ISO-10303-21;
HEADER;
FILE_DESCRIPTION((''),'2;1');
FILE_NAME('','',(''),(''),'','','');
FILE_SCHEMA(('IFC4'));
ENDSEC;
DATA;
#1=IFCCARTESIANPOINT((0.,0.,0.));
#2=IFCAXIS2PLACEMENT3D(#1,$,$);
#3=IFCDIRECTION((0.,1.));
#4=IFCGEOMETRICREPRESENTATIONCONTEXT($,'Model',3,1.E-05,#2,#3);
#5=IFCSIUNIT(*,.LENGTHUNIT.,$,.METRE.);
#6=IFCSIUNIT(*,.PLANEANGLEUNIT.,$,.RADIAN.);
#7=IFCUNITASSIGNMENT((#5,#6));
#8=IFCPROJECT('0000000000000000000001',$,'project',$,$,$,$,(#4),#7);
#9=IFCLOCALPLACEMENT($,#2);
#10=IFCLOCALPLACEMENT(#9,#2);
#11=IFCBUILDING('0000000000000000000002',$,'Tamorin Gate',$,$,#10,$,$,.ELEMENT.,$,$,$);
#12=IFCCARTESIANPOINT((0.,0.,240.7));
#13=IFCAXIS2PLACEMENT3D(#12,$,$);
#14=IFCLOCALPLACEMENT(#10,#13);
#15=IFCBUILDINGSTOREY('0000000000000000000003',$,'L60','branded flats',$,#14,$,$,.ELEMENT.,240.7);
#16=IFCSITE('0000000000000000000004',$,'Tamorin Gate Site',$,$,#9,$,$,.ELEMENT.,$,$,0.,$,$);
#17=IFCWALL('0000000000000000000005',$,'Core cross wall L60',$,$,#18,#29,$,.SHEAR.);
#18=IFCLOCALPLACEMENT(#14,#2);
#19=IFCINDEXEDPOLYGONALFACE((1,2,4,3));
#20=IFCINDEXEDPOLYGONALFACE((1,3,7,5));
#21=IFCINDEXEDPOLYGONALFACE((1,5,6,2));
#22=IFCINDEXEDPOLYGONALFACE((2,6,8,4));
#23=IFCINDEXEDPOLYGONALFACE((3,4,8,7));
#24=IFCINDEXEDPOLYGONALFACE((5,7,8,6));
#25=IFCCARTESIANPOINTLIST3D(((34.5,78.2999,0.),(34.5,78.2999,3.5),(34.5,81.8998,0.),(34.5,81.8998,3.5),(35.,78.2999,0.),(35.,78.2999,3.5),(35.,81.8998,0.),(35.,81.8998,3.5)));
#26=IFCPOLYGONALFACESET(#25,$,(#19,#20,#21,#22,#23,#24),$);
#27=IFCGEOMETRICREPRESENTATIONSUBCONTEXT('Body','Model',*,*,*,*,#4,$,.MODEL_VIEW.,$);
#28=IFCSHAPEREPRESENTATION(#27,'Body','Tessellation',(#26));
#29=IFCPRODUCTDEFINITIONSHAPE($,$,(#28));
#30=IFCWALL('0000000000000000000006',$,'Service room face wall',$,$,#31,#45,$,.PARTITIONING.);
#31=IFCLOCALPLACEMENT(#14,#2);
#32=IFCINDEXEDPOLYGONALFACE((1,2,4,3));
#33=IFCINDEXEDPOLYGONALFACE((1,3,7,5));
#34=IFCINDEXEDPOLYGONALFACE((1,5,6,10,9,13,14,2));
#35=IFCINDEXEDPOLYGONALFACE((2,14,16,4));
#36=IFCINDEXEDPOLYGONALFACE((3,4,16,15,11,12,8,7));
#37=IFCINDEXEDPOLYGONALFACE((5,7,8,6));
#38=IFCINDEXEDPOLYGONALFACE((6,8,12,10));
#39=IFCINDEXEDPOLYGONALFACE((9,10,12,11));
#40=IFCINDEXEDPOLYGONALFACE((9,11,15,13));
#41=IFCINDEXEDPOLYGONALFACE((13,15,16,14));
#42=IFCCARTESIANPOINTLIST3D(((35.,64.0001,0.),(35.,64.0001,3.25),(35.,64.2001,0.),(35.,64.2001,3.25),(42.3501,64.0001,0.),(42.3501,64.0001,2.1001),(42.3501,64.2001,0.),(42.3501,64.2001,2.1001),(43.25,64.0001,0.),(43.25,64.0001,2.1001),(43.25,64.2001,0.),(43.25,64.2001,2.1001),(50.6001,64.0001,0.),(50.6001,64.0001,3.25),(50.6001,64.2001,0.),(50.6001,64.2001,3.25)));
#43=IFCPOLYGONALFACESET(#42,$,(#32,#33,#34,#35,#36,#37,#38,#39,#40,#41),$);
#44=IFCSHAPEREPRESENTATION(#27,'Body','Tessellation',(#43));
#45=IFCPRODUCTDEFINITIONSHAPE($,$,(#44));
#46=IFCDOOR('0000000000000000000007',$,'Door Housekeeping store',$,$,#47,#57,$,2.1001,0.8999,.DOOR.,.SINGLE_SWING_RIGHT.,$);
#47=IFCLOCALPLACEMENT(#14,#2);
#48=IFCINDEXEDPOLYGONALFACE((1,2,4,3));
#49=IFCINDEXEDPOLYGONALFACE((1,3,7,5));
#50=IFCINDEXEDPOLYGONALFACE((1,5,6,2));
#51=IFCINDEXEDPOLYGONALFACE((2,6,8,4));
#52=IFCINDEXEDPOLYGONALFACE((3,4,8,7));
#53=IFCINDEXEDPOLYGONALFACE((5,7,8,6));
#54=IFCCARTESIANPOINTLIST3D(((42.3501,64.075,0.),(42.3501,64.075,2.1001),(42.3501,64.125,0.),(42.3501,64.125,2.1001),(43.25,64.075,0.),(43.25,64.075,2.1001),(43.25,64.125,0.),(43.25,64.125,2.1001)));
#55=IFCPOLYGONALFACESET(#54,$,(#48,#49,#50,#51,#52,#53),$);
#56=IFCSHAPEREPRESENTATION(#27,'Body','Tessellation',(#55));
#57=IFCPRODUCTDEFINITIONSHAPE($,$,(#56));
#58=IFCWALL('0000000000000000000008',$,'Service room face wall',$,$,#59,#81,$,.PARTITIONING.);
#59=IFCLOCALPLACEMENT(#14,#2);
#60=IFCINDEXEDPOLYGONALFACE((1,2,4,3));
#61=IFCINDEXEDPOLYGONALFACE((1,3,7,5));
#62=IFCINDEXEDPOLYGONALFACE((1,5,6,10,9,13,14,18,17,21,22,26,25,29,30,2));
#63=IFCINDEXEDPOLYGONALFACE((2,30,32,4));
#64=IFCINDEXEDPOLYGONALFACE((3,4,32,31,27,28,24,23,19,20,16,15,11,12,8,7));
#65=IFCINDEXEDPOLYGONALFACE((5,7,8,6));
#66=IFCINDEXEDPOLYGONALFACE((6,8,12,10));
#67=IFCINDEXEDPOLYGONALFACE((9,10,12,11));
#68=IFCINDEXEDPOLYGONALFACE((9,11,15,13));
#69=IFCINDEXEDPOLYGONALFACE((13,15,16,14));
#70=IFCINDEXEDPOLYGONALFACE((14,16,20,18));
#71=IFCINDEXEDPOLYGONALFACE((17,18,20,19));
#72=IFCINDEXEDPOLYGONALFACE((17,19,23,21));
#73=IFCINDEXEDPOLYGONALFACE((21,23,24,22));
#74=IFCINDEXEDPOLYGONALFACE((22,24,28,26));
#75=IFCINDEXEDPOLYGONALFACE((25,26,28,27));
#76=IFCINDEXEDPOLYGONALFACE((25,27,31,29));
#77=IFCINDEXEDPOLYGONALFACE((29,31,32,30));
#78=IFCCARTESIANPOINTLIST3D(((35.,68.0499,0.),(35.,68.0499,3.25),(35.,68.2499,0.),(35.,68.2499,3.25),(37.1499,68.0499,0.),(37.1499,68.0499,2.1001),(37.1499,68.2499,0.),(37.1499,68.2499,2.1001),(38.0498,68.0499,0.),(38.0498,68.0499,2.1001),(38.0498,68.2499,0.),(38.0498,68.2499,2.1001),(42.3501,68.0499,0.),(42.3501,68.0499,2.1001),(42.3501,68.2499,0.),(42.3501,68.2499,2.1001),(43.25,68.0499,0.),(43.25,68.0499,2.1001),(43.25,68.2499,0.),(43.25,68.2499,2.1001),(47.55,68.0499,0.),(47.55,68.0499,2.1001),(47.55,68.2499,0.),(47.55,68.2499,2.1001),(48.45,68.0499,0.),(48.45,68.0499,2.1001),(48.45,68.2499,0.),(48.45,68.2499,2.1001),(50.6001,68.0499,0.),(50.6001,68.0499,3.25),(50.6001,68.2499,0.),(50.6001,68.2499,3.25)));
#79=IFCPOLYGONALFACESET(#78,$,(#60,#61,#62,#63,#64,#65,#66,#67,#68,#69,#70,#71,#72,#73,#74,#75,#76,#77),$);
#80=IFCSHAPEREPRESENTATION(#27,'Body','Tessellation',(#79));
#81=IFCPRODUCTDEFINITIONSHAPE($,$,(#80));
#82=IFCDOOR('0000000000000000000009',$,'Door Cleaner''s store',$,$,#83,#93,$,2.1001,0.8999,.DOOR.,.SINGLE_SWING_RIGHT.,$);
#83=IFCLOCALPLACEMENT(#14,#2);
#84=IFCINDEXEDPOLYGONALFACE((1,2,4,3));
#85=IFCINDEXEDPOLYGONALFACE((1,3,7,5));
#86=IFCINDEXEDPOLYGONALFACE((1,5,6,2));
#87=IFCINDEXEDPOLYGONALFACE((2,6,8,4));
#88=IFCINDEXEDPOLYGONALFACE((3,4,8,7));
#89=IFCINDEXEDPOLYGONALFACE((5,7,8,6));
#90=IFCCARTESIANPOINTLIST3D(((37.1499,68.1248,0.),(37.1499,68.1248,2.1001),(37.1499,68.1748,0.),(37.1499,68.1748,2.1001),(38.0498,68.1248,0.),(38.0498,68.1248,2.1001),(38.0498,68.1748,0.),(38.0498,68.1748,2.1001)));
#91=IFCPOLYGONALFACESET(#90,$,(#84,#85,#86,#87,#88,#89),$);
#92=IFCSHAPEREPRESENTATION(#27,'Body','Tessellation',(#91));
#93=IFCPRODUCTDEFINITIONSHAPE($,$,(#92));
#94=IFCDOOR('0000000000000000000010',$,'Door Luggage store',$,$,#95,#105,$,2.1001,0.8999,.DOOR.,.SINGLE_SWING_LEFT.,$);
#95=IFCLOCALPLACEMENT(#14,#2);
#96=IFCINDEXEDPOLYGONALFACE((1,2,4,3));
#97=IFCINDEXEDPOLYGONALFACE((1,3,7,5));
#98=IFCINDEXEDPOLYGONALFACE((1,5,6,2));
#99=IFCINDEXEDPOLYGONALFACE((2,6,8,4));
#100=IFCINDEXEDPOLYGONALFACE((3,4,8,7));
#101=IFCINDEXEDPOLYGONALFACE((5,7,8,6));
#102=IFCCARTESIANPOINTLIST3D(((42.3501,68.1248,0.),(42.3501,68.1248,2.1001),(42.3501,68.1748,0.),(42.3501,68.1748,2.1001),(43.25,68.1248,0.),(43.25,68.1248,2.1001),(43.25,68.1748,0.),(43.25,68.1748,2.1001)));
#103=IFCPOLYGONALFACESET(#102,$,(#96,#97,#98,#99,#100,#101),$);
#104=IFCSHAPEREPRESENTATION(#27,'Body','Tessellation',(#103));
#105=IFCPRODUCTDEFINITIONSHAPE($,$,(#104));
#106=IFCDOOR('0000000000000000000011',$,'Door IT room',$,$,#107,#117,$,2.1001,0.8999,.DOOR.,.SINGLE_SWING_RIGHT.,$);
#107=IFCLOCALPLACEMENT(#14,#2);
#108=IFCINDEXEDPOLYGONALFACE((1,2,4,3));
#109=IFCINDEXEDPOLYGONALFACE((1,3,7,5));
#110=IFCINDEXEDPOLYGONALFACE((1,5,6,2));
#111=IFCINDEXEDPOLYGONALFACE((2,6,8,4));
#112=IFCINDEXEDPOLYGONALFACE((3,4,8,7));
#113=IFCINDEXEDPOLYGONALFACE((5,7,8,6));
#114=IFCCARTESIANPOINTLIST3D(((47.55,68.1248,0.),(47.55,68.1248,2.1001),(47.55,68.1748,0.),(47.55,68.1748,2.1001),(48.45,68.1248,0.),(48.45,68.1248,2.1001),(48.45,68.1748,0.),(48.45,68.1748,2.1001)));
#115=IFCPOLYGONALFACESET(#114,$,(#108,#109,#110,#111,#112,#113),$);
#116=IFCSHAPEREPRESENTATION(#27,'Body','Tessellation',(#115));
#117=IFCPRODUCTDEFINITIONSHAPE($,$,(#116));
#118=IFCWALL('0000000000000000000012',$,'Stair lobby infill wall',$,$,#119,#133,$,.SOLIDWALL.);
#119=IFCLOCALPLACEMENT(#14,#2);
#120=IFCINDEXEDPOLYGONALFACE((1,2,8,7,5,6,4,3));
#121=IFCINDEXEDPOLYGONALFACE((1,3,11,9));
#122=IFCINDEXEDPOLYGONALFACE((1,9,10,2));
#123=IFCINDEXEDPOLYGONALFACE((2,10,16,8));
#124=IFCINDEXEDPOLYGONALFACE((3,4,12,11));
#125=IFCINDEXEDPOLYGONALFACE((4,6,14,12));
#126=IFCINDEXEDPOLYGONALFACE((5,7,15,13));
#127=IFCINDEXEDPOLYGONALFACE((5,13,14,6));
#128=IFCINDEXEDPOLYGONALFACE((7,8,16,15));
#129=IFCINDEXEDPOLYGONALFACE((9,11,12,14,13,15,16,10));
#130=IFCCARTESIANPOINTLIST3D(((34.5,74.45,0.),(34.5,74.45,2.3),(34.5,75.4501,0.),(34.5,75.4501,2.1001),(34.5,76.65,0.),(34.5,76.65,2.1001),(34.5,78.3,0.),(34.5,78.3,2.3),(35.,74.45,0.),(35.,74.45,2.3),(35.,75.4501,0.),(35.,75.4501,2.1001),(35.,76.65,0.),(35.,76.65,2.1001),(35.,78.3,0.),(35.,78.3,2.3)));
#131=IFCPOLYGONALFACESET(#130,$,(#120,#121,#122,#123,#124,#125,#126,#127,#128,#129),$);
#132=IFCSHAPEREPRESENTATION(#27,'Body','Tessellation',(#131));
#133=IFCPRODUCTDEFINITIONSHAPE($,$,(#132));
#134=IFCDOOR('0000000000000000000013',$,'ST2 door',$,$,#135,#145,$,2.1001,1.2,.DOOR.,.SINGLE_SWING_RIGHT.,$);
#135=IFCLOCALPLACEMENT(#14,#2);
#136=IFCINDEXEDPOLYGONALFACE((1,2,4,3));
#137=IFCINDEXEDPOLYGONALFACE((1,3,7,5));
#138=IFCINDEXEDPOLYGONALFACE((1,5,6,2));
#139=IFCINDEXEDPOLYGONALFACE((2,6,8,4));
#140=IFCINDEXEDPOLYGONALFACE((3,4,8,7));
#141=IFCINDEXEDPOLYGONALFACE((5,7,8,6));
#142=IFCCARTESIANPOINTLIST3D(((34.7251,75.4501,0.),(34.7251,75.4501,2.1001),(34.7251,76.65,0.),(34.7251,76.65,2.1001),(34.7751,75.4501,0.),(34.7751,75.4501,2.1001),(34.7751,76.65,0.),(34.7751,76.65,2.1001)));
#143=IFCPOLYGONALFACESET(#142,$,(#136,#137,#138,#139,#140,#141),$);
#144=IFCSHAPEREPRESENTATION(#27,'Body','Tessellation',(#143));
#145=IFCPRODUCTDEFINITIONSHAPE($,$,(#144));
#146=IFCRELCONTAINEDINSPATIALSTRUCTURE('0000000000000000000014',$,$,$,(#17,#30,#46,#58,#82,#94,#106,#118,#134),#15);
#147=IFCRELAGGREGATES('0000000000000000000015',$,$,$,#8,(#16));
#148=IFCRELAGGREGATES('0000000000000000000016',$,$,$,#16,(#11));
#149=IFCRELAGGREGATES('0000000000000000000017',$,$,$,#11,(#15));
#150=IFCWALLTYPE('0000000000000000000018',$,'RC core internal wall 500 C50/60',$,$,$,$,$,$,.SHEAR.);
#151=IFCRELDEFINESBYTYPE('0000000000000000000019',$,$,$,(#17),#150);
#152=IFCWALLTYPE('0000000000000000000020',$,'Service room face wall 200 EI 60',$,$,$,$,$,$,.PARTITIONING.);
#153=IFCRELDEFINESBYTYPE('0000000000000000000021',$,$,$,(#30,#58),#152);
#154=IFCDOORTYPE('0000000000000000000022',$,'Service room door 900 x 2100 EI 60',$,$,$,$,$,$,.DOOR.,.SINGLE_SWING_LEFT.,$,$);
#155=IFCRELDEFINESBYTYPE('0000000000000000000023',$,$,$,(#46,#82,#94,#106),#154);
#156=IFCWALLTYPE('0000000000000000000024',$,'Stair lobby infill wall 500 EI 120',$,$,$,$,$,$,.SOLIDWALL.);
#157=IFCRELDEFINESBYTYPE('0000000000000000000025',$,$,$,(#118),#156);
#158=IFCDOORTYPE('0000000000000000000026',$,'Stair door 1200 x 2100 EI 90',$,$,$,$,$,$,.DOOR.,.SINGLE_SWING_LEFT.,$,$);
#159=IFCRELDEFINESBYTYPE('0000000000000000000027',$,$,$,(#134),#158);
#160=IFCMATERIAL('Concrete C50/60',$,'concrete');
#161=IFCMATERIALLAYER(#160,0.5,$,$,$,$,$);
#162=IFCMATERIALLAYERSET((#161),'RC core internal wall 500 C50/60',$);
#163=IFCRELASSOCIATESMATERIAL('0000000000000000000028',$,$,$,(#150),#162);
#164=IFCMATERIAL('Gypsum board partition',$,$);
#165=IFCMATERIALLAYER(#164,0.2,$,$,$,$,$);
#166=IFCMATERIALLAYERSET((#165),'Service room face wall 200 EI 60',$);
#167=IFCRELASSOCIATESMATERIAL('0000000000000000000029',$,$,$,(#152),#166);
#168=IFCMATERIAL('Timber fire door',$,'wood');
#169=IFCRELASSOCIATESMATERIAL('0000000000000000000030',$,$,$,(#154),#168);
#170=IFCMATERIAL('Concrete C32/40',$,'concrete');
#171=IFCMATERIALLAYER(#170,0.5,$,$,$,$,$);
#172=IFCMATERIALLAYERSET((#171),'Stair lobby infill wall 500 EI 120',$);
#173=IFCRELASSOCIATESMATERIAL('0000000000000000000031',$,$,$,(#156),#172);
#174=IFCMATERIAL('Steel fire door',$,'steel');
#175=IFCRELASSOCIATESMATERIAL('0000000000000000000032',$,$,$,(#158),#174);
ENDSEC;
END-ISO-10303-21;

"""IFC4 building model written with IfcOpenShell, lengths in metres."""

from ifc_helpers import new_model, si_unit, direction, frame, frame_2d, origin, place, context, subcontext, project, spatial, rectangle, extrude, material, layer, layer_set, type_object, element, fill, save


model = new_model("IFC4")

# Units and contexts
model_context = context("Model", 3, precision=1e-05, world=origin(), true_north=direction((0.0, 1.0)))
body_context = subcontext(model_context, "Body", "Model", "MODEL_VIEW")
ifc_project = project(units=[si_unit("LENGTHUNIT", "METRE"), si_unit("PLANEANGLEUNIT", "RADIAN")], contexts=[model_context])

# Site, building, storey
site_placement = place(None, origin())
site = spatial("IfcSite", under=ifc_project, at=site_placement, Name="Tamorin Gate Site", CompositionType="ELEMENT", RefElevation=0.0)
building_placement = place(site_placement, origin())
building = spatial("IfcBuilding", under=site, at=building_placement, Name="Tamorin Gate", CompositionType="ELEMENT")
storey_placement = place(building_placement, frame((0.0, 0.0, 240.7)))
storey = spatial("IfcBuildingStorey", under=building, at=storey_placement, Name="L60", Description="branded flats", CompositionType="ELEMENT", Elevation=240.7)

# Shared definitions
ifc_material_1 = material(Name="Concrete C50/60", Category="concrete")

# Shared definitions
ifc_material_2 = material(Name="Concrete C32/40", Category="concrete")

# Wall
ifc_layer_1 = layer(ifc_material_1, 0.5)
ifc_layer_set_1 = layer_set([ifc_layer_1], Name="RC core internal wall 500 C50/60")
wall_type_1 = type_object("IfcWallType", Name="RC core internal wall 500 C50/60", PredefinedType="SHEAR", material=ifc_layer_set_1)
wall_1_placement = place(storey_placement, frame((34.75, 78.3, 0.0), z_axis=(0.0, 0.0, 1.0), x_axis=(0.0, 1.0, 0.0)))
element("IfcWall", 1, at=wall_1_placement, inside=storey, type_object=wall_type_1, Name="Core cross wall L60", PredefinedType="SHEAR", context=body_context, shape_type="SweptSolid", body=[
    extrude(rectangle(XDim=3.5999, YDim=0.5, at=frame_2d((1.7998, 0.0))), origin(), (0.0, 0.0, 1.0), 3.5),
])

# Wall, opening, door
ifc_material_3 = material(Name="Gypsum board partition")
ifc_layer_2 = layer(ifc_material_3, 0.2)
ifc_layer_set_2 = layer_set([ifc_layer_2], Name="Service room face wall 200 EI 60")
wall_type_2 = type_object("IfcWallType", Name="Service room face wall 200 EI 60", PredefinedType="PARTITIONING", material=ifc_layer_set_2)
wall_2_placement = place(storey_placement, frame((35.0, 64.1001, 0.0), z_axis=(0.0, 0.0, 1.0), x_axis=(1.0, 0.0, 0.0)))
wall_2 = element("IfcWall", 2, at=wall_2_placement, inside=storey, type_object=wall_type_2, Name="Service room face wall", PredefinedType="PARTITIONING", context=body_context, shape_type="SweptSolid", body=[
    extrude(rectangle(XDim=15.6001, YDim=0.2, at=frame_2d((7.8, 0.0))), origin(), (0.0, 0.0, 1.0), 3.25),
])
opening_1_placement = place(wall_2_placement, frame((7.3501, 0.0, 0.0)))
opening_1 = element("IfcOpeningElement", 3, at=opening_1_placement, cuts=wall_2, PredefinedType="OPENING", context=body_context, shape_type="SweptSolid", body=[
    extrude(rectangle(XDim=0.8999, YDim=2.1001, at=frame_2d((0.45, 1.05))), frame((0.0, 0.1099, 0.0), z_axis=(0.0, -1.0, 0.0), x_axis=(1.0, 0.0, 0.0)), (0.0, 0.0, 1.0), 0.22),
])
ifc_material_4 = material(Name="Timber fire door", Category="wood")
door_type_1 = type_object("IfcDoorType", Name="Service room door 900 x 2100 EI 60", OperationType="SINGLE_SWING_LEFT", PredefinedType="DOOR", material=ifc_material_4)
door_1_placement = place(opening_1_placement, origin())
door_1 = element("IfcDoor", 4, at=door_1_placement, inside=storey, type_object=door_type_1, Name="Door Housekeeping store", OperationType="SINGLE_SWING_RIGHT", OverallHeight=2.1001, OverallWidth=0.8999, PredefinedType="DOOR", context=body_context, shape_type="SweptSolid", body=[
    extrude(rectangle(XDim=0.8999, YDim=2.1001, at=frame_2d((0.45, 1.05))), frame((0.0, 0.0249, 0.0), z_axis=(0.0, -1.0, 0.0), x_axis=(1.0, 0.0, 0.0)), (0.0, 0.0, 1.0), 0.05),
])
fill(opening_1, door_1)

# Wall, openings, doors
wall_3_placement = place(storey_placement, frame((35.0, 68.1499, 0.0), z_axis=(0.0, 0.0, 1.0), x_axis=(1.0, 0.0, 0.0)))
wall_3 = element("IfcWall", 5, at=wall_3_placement, inside=storey, type_object=wall_type_2, Name="Service room face wall", PredefinedType="PARTITIONING", context=body_context, shape_type="SweptSolid", body=[
    extrude(rectangle(XDim=15.6001, YDim=0.2, at=frame_2d((7.8, 0.0))), origin(), (0.0, 0.0, 1.0), 3.25),
])
opening_2_placement = place(wall_3_placement, frame((2.1499, 0.0, 0.0)))
opening_2 = element("IfcOpeningElement", 6, at=opening_2_placement, cuts=wall_3, PredefinedType="OPENING", context=body_context, shape_type="SweptSolid", body=[
    extrude(rectangle(XDim=0.8999, YDim=2.1001, at=frame_2d((0.45, 1.05))), frame((0.0, 0.1099, 0.0), z_axis=(0.0, -1.0, 0.0), x_axis=(1.0, 0.0, 0.0)), (0.0, 0.0, 1.0), 0.22),
])
opening_3_placement = place(wall_3_placement, frame((7.3501, 0.0, 0.0)))
opening_3 = element("IfcOpeningElement", 7, at=opening_3_placement, cuts=wall_3, PredefinedType="OPENING", context=body_context, shape_type="SweptSolid", body=[
    extrude(rectangle(XDim=0.8999, YDim=2.1001, at=frame_2d((0.45, 1.05))), frame((0.0, 0.1099, 0.0), z_axis=(0.0, -1.0, 0.0), x_axis=(1.0, 0.0, 0.0)), (0.0, 0.0, 1.0), 0.22),
])
opening_4_placement = place(wall_3_placement, frame((12.55, 0.0, 0.0)))
opening_4 = element("IfcOpeningElement", 8, at=opening_4_placement, cuts=wall_3, PredefinedType="OPENING", context=body_context, shape_type="SweptSolid", body=[
    extrude(rectangle(XDim=0.8999, YDim=2.1001, at=frame_2d((0.45, 1.05))), frame((0.0, 0.1099, 0.0), z_axis=(0.0, -1.0, 0.0), x_axis=(1.0, 0.0, 0.0)), (0.0, 0.0, 1.0), 0.22),
])
door_2_placement = place(opening_2_placement, origin())
door_2 = element("IfcDoor", 9, at=door_2_placement, inside=storey, type_object=door_type_1, Name="Door Cleaner's store", OperationType="SINGLE_SWING_RIGHT", OverallHeight=2.1001, OverallWidth=0.8999, PredefinedType="DOOR", context=body_context, shape_type="SweptSolid", body=[
    extrude(rectangle(XDim=0.8999, YDim=2.1001, at=frame_2d((0.45, 1.05))), frame((0.0, 0.0249, 0.0), z_axis=(0.0, -1.0, 0.0), x_axis=(1.0, 0.0, 0.0)), (0.0, 0.0, 1.0), 0.05),
])
fill(opening_2, door_2)
door_3_placement = place(opening_3_placement, origin())
door_3 = element("IfcDoor", 10, at=door_3_placement, inside=storey, type_object=door_type_1, Name="Door Luggage store", OperationType="SINGLE_SWING_LEFT", OverallHeight=2.1001, OverallWidth=0.8999, PredefinedType="DOOR", context=body_context, shape_type="SweptSolid", body=[
    extrude(rectangle(XDim=0.8999, YDim=2.1001, at=frame_2d((0.45, 1.05))), frame((0.0, 0.0249, 0.0), z_axis=(0.0, -1.0, 0.0), x_axis=(1.0, 0.0, 0.0)), (0.0, 0.0, 1.0), 0.05),
])
fill(opening_3, door_3)
door_4_placement = place(opening_4_placement, origin())
door_4 = element("IfcDoor", 11, at=door_4_placement, inside=storey, type_object=door_type_1, Name="Door IT room", OperationType="SINGLE_SWING_RIGHT", OverallHeight=2.1001, OverallWidth=0.8999, PredefinedType="DOOR", context=body_context, shape_type="SweptSolid", body=[
    extrude(rectangle(XDim=0.8999, YDim=2.1001, at=frame_2d((0.45, 1.05))), frame((0.0, 0.0249, 0.0), z_axis=(0.0, -1.0, 0.0), x_axis=(1.0, 0.0, 0.0)), (0.0, 0.0, 1.0), 0.05),
])
fill(opening_4, door_4)

# Wall, opening, door
ifc_layer_3 = layer(ifc_material_2, 0.5)
ifc_layer_set_3 = layer_set([ifc_layer_3], Name="Stair lobby infill wall 500 EI 120")
wall_type_3 = type_object("IfcWallType", Name="Stair lobby infill wall 500 EI 120", PredefinedType="SOLIDWALL", material=ifc_layer_set_3)
wall_4_placement = place(storey_placement, frame((34.75, 74.45, 0.0), z_axis=(0.0, 0.0, 1.0), x_axis=(0.0, 1.0, 0.0)))
wall_4 = element("IfcWall", 12, at=wall_4_placement, inside=storey, type_object=wall_type_3, Name="Stair lobby infill wall", PredefinedType="SOLIDWALL", context=body_context, shape_type="SweptSolid", body=[
    extrude(rectangle(XDim=3.8501, YDim=0.5, at=frame_2d((1.925, 0.0))), origin(), (0.0, 0.0, 1.0), 2.3),
])
opening_5_placement = place(wall_4_placement, frame((1.0, 0.0, 0.0)))
opening_5 = element("IfcOpeningElement", 13, at=opening_5_placement, cuts=wall_4, PredefinedType="OPENING", context=body_context, shape_type="SweptSolid", body=[
    extrude(rectangle(XDim=1.2, YDim=2.1001, at=frame_2d((0.6001, 1.05))), frame((0.0, 0.26, 0.0), z_axis=(0.0, -1.0, 0.0), x_axis=(1.0, 0.0, 0.0)), (0.0, 0.0, 1.0), 0.52),
])
ifc_material_5 = material(Name="Steel fire door", Category="steel")
door_type_2 = type_object("IfcDoorType", Name="Stair door 1200 x 2100 EI 90", OperationType="SINGLE_SWING_LEFT", PredefinedType="DOOR", material=ifc_material_5)
door_5_placement = place(opening_5_placement, origin())
door_5 = element("IfcDoor", 14, at=door_5_placement, inside=storey, type_object=door_type_2, Name="ST2 door", OperationType="SINGLE_SWING_RIGHT", OverallHeight=2.1001, OverallWidth=1.2, PredefinedType="DOOR", context=body_context, shape_type="SweptSolid", body=[
    extrude(rectangle(XDim=1.2, YDim=2.1001, at=frame_2d((0.6001, 1.05))), frame((0.0, 0.0249, 0.0), z_axis=(0.0, -1.0, 0.0), x_axis=(1.0, 0.0, 0.0)), (0.0, 0.0, 1.0), 0.05),
])
fill(opening_5, door_5)

save(model, "model.ifc")
